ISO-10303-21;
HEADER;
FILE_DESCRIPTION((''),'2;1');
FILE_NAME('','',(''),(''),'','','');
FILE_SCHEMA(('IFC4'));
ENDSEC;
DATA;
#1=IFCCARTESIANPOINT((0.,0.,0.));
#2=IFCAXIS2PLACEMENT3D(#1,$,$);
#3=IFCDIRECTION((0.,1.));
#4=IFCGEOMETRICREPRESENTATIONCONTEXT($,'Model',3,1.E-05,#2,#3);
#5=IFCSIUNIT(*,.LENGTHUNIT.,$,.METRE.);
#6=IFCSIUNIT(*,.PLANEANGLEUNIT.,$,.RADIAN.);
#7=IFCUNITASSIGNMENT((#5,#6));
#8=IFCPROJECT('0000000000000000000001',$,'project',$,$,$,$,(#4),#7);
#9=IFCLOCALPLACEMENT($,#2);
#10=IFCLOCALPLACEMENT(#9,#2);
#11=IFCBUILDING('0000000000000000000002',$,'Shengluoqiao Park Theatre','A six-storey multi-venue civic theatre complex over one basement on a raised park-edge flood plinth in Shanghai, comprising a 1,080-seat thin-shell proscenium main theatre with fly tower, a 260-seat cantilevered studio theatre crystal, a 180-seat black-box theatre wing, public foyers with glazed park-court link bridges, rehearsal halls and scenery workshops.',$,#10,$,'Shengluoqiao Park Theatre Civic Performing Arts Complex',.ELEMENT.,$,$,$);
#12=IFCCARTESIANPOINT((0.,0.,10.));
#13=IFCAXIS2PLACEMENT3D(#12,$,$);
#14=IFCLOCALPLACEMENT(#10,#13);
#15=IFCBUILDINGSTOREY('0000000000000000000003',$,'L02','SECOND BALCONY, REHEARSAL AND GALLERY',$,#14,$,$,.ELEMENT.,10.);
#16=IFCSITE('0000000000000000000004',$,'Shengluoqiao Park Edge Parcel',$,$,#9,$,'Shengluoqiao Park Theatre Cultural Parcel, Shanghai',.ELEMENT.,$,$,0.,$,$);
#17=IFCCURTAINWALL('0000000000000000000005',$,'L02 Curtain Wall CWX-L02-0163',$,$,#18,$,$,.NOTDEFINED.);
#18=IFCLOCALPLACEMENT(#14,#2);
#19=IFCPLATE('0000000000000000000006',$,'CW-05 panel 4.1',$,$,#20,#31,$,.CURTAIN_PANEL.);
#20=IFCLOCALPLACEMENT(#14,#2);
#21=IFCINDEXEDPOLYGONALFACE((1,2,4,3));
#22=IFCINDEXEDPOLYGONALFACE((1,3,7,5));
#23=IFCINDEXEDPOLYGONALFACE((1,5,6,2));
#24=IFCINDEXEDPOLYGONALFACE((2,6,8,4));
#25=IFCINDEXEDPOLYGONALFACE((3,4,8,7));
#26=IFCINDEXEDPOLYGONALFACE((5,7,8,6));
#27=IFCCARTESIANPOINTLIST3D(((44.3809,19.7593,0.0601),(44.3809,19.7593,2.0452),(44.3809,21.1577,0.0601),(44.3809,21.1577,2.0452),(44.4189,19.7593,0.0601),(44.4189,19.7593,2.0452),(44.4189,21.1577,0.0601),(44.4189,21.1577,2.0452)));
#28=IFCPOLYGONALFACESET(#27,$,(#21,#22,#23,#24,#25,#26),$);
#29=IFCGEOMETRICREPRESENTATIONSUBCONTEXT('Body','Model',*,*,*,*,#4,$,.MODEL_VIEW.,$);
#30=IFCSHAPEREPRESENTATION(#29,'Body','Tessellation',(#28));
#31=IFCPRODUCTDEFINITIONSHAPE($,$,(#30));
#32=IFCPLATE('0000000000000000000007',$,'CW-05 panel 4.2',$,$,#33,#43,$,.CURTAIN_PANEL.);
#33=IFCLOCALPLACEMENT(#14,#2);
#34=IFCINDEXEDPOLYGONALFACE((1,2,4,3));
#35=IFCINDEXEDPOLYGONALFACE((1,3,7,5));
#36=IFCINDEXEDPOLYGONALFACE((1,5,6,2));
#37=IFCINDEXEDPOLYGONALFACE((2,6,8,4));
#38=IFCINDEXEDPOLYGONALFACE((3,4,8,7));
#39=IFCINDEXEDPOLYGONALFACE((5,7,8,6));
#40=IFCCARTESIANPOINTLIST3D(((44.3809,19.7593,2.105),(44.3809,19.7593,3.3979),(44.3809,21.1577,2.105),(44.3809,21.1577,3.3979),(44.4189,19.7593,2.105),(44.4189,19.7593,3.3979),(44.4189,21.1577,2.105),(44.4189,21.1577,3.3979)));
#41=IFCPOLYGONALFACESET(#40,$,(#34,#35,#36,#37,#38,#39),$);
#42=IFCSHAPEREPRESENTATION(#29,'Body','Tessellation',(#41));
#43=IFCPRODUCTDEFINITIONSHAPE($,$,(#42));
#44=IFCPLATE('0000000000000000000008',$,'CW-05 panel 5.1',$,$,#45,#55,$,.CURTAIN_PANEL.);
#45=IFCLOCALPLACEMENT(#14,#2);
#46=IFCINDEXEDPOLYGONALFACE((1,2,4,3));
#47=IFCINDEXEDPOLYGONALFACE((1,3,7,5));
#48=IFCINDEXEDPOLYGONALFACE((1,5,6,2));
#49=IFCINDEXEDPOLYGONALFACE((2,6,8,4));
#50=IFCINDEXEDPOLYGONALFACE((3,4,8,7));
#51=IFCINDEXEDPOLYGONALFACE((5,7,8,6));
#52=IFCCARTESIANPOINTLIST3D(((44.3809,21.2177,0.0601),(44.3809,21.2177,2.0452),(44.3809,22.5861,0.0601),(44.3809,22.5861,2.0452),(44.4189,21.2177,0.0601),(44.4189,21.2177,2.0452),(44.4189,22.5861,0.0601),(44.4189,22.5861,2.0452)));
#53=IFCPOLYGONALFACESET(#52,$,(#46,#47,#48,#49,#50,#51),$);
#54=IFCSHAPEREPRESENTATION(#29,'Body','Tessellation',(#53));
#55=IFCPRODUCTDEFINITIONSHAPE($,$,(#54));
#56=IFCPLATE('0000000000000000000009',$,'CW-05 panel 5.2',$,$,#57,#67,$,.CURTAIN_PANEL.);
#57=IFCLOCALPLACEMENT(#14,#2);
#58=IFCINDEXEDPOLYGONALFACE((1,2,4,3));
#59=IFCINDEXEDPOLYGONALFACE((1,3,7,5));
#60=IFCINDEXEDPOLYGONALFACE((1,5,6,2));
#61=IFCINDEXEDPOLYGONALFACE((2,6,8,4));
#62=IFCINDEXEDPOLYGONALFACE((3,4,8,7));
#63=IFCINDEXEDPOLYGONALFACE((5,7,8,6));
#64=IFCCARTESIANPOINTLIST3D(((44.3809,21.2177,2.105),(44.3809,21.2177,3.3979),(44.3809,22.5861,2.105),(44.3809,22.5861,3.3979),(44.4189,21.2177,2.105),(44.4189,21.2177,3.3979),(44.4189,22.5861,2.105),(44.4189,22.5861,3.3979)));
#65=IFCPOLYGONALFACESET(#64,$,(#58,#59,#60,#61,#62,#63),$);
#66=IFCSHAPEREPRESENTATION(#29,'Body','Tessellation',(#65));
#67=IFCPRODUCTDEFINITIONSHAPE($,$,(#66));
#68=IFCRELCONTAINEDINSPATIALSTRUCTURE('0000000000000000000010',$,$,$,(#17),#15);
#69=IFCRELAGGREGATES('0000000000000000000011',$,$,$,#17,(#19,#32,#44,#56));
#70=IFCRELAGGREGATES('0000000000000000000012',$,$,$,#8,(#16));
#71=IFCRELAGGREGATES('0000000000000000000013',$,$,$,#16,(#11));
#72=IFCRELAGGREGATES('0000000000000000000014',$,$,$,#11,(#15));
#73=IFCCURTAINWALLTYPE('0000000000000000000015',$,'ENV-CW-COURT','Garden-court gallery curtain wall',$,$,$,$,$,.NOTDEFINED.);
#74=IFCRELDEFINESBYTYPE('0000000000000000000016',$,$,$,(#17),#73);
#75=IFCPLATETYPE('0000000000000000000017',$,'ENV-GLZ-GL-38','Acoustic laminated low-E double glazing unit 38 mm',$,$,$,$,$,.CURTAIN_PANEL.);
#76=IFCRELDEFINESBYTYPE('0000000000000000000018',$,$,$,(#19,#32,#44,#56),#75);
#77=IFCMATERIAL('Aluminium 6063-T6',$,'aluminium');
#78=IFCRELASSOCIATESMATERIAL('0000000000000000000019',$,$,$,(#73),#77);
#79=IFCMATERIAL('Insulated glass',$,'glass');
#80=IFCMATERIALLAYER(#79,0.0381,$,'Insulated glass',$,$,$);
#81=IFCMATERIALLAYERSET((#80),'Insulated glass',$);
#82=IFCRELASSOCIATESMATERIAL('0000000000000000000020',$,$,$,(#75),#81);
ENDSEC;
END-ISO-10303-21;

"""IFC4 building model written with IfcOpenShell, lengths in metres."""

from ifc_helpers import new_model, si_unit, direction, frame, origin, origin_2d, place, context, subcontext, project, spatial, rectangle, extrude, material, layer, layer_set, type_object, element, aggregate, save


model = new_model("IFC4")

# Units and contexts
model_context = context("Model", 3, precision=1e-05, world=origin(), true_north=direction((0.0, 1.0)))
body_context = subcontext(model_context, "Body", "Model", "MODEL_VIEW")
ifc_project = project(units=[si_unit("LENGTHUNIT", "METRE"), si_unit("PLANEANGLEUNIT", "RADIAN")], contexts=[model_context])

# Site, building, storey
site_placement = place(None, origin())
site = spatial("IfcSite", under=ifc_project, at=site_placement, Name="Shengluoqiao Park Edge Parcel", LongName="Shengluoqiao Park Theatre Cultural Parcel, Shanghai", CompositionType="ELEMENT", RefElevation=0.0)
building_placement = place(site_placement, origin())
building = spatial("IfcBuilding", under=site, at=building_placement, Name="Shengluoqiao Park Theatre", Description="A six-storey multi-venue civic theatre complex over one basement on a raised park-edge flood plinth in Shanghai, comprising a 1,080-seat thin-shell proscenium main theatre with fly tower, a 260-seat cantilevered studio theatre crystal, a 180-seat black-box theatre wing, public foyers with glazed park-court link bridges, rehearsal halls and scenery workshops.", LongName="Shengluoqiao Park Theatre Civic Performing Arts Complex", CompositionType="ELEMENT")
storey_placement = place(building_placement, frame((0.0, 0.0, 10.0)))
storey = spatial("IfcBuildingStorey", under=building, at=storey_placement, Name="L02", Description="SECOND BALCONY, REHEARSAL AND GALLERY", CompositionType="ELEMENT", Elevation=10.0)

# Curtain wall
ifc_material_1 = material(Name="Aluminium 6063-T6", Category="aluminium")
curtain_wall_type = type_object("IfcCurtainWallType", Name="ENV-CW-COURT", Description="Garden-court gallery curtain wall", PredefinedType="NOTDEFINED", material=ifc_material_1)
curtain_wall_1_placement = place(storey_placement, origin())
curtain_wall_1 = element("IfcCurtainWall", 1, at=curtain_wall_1_placement, inside=storey, type_object=curtain_wall_type, Name="L02 Curtain Wall CWX-L02-0163", PredefinedType="NOTDEFINED")

# Plates
ifc_material_2 = material(Name="Insulated glass", Category="glass")
ifc_layer = layer(ifc_material_2, 0.0381, Name="Insulated glass")
ifc_layer_set = layer_set([ifc_layer], Name="Insulated glass")
plate_type = type_object("IfcPlateType", Name="ENV-GLZ-GL-38", Description="Acoustic laminated low-E double glazing unit 38 mm", PredefinedType="CURTAIN_PANEL", material=ifc_layer_set)
plate_1_placement = place(storey_placement, frame((44.3999, 20.4585, 0.0601), z_axis=(0.0, 0.0, 1.0), x_axis=(0.0, 1.0, 0.0)))
plate_1 = element("IfcPlate", 2, at=plate_1_placement, type_object=plate_type, Name="CW-05 panel 4.1", PredefinedType="CURTAIN_PANEL", context=body_context, shape_type="SweptSolid", body=[
    extrude(rectangle(XDim=1.3984, YDim=0.0381, at=origin_2d()), origin(), (0.0, 0.0, 1.0), 1.9851),
])
plate_2_placement = place(storey_placement, frame((44.3999, 20.4585, 2.105), z_axis=(0.0, 0.0, 1.0), x_axis=(0.0, 1.0, 0.0)))
plate_2 = element("IfcPlate", 3, at=plate_2_placement, type_object=plate_type, Name="CW-05 panel 4.2", PredefinedType="CURTAIN_PANEL", context=body_context, shape_type="SweptSolid", body=[
    extrude(rectangle(XDim=1.3984, YDim=0.0381, at=origin_2d()), origin(), (0.0, 0.0, 1.0), 1.293),
])
plate_3_placement = place(storey_placement, frame((44.3999, 21.9019, 0.0601), z_axis=(0.0, 0.0, 1.0), x_axis=(0.0, 1.0, 0.0)))
plate_3 = element("IfcPlate", 4, at=plate_3_placement, type_object=plate_type, Name="CW-05 panel 5.1", PredefinedType="CURTAIN_PANEL", context=body_context, shape_type="SweptSolid", body=[
    extrude(rectangle(XDim=1.3684, YDim=0.0381, at=origin_2d()), origin(), (0.0, 0.0, 1.0), 1.9851),
])
plate_4_placement = place(storey_placement, frame((44.3999, 21.9019, 2.105), z_axis=(0.0, 0.0, 1.0), x_axis=(0.0, 1.0, 0.0)))
plate_4 = element("IfcPlate", 5, at=plate_4_placement, type_object=plate_type, Name="CW-05 panel 5.2", PredefinedType="CURTAIN_PANEL", context=body_context, shape_type="SweptSolid", body=[
    extrude(rectangle(XDim=1.3684, YDim=0.0381, at=origin_2d()), origin(), (0.0, 0.0, 1.0), 1.293),
])
aggregate(curtain_wall_1, [plate_1, plate_2, plate_3, plate_4])

save(model, "model.ifc")
